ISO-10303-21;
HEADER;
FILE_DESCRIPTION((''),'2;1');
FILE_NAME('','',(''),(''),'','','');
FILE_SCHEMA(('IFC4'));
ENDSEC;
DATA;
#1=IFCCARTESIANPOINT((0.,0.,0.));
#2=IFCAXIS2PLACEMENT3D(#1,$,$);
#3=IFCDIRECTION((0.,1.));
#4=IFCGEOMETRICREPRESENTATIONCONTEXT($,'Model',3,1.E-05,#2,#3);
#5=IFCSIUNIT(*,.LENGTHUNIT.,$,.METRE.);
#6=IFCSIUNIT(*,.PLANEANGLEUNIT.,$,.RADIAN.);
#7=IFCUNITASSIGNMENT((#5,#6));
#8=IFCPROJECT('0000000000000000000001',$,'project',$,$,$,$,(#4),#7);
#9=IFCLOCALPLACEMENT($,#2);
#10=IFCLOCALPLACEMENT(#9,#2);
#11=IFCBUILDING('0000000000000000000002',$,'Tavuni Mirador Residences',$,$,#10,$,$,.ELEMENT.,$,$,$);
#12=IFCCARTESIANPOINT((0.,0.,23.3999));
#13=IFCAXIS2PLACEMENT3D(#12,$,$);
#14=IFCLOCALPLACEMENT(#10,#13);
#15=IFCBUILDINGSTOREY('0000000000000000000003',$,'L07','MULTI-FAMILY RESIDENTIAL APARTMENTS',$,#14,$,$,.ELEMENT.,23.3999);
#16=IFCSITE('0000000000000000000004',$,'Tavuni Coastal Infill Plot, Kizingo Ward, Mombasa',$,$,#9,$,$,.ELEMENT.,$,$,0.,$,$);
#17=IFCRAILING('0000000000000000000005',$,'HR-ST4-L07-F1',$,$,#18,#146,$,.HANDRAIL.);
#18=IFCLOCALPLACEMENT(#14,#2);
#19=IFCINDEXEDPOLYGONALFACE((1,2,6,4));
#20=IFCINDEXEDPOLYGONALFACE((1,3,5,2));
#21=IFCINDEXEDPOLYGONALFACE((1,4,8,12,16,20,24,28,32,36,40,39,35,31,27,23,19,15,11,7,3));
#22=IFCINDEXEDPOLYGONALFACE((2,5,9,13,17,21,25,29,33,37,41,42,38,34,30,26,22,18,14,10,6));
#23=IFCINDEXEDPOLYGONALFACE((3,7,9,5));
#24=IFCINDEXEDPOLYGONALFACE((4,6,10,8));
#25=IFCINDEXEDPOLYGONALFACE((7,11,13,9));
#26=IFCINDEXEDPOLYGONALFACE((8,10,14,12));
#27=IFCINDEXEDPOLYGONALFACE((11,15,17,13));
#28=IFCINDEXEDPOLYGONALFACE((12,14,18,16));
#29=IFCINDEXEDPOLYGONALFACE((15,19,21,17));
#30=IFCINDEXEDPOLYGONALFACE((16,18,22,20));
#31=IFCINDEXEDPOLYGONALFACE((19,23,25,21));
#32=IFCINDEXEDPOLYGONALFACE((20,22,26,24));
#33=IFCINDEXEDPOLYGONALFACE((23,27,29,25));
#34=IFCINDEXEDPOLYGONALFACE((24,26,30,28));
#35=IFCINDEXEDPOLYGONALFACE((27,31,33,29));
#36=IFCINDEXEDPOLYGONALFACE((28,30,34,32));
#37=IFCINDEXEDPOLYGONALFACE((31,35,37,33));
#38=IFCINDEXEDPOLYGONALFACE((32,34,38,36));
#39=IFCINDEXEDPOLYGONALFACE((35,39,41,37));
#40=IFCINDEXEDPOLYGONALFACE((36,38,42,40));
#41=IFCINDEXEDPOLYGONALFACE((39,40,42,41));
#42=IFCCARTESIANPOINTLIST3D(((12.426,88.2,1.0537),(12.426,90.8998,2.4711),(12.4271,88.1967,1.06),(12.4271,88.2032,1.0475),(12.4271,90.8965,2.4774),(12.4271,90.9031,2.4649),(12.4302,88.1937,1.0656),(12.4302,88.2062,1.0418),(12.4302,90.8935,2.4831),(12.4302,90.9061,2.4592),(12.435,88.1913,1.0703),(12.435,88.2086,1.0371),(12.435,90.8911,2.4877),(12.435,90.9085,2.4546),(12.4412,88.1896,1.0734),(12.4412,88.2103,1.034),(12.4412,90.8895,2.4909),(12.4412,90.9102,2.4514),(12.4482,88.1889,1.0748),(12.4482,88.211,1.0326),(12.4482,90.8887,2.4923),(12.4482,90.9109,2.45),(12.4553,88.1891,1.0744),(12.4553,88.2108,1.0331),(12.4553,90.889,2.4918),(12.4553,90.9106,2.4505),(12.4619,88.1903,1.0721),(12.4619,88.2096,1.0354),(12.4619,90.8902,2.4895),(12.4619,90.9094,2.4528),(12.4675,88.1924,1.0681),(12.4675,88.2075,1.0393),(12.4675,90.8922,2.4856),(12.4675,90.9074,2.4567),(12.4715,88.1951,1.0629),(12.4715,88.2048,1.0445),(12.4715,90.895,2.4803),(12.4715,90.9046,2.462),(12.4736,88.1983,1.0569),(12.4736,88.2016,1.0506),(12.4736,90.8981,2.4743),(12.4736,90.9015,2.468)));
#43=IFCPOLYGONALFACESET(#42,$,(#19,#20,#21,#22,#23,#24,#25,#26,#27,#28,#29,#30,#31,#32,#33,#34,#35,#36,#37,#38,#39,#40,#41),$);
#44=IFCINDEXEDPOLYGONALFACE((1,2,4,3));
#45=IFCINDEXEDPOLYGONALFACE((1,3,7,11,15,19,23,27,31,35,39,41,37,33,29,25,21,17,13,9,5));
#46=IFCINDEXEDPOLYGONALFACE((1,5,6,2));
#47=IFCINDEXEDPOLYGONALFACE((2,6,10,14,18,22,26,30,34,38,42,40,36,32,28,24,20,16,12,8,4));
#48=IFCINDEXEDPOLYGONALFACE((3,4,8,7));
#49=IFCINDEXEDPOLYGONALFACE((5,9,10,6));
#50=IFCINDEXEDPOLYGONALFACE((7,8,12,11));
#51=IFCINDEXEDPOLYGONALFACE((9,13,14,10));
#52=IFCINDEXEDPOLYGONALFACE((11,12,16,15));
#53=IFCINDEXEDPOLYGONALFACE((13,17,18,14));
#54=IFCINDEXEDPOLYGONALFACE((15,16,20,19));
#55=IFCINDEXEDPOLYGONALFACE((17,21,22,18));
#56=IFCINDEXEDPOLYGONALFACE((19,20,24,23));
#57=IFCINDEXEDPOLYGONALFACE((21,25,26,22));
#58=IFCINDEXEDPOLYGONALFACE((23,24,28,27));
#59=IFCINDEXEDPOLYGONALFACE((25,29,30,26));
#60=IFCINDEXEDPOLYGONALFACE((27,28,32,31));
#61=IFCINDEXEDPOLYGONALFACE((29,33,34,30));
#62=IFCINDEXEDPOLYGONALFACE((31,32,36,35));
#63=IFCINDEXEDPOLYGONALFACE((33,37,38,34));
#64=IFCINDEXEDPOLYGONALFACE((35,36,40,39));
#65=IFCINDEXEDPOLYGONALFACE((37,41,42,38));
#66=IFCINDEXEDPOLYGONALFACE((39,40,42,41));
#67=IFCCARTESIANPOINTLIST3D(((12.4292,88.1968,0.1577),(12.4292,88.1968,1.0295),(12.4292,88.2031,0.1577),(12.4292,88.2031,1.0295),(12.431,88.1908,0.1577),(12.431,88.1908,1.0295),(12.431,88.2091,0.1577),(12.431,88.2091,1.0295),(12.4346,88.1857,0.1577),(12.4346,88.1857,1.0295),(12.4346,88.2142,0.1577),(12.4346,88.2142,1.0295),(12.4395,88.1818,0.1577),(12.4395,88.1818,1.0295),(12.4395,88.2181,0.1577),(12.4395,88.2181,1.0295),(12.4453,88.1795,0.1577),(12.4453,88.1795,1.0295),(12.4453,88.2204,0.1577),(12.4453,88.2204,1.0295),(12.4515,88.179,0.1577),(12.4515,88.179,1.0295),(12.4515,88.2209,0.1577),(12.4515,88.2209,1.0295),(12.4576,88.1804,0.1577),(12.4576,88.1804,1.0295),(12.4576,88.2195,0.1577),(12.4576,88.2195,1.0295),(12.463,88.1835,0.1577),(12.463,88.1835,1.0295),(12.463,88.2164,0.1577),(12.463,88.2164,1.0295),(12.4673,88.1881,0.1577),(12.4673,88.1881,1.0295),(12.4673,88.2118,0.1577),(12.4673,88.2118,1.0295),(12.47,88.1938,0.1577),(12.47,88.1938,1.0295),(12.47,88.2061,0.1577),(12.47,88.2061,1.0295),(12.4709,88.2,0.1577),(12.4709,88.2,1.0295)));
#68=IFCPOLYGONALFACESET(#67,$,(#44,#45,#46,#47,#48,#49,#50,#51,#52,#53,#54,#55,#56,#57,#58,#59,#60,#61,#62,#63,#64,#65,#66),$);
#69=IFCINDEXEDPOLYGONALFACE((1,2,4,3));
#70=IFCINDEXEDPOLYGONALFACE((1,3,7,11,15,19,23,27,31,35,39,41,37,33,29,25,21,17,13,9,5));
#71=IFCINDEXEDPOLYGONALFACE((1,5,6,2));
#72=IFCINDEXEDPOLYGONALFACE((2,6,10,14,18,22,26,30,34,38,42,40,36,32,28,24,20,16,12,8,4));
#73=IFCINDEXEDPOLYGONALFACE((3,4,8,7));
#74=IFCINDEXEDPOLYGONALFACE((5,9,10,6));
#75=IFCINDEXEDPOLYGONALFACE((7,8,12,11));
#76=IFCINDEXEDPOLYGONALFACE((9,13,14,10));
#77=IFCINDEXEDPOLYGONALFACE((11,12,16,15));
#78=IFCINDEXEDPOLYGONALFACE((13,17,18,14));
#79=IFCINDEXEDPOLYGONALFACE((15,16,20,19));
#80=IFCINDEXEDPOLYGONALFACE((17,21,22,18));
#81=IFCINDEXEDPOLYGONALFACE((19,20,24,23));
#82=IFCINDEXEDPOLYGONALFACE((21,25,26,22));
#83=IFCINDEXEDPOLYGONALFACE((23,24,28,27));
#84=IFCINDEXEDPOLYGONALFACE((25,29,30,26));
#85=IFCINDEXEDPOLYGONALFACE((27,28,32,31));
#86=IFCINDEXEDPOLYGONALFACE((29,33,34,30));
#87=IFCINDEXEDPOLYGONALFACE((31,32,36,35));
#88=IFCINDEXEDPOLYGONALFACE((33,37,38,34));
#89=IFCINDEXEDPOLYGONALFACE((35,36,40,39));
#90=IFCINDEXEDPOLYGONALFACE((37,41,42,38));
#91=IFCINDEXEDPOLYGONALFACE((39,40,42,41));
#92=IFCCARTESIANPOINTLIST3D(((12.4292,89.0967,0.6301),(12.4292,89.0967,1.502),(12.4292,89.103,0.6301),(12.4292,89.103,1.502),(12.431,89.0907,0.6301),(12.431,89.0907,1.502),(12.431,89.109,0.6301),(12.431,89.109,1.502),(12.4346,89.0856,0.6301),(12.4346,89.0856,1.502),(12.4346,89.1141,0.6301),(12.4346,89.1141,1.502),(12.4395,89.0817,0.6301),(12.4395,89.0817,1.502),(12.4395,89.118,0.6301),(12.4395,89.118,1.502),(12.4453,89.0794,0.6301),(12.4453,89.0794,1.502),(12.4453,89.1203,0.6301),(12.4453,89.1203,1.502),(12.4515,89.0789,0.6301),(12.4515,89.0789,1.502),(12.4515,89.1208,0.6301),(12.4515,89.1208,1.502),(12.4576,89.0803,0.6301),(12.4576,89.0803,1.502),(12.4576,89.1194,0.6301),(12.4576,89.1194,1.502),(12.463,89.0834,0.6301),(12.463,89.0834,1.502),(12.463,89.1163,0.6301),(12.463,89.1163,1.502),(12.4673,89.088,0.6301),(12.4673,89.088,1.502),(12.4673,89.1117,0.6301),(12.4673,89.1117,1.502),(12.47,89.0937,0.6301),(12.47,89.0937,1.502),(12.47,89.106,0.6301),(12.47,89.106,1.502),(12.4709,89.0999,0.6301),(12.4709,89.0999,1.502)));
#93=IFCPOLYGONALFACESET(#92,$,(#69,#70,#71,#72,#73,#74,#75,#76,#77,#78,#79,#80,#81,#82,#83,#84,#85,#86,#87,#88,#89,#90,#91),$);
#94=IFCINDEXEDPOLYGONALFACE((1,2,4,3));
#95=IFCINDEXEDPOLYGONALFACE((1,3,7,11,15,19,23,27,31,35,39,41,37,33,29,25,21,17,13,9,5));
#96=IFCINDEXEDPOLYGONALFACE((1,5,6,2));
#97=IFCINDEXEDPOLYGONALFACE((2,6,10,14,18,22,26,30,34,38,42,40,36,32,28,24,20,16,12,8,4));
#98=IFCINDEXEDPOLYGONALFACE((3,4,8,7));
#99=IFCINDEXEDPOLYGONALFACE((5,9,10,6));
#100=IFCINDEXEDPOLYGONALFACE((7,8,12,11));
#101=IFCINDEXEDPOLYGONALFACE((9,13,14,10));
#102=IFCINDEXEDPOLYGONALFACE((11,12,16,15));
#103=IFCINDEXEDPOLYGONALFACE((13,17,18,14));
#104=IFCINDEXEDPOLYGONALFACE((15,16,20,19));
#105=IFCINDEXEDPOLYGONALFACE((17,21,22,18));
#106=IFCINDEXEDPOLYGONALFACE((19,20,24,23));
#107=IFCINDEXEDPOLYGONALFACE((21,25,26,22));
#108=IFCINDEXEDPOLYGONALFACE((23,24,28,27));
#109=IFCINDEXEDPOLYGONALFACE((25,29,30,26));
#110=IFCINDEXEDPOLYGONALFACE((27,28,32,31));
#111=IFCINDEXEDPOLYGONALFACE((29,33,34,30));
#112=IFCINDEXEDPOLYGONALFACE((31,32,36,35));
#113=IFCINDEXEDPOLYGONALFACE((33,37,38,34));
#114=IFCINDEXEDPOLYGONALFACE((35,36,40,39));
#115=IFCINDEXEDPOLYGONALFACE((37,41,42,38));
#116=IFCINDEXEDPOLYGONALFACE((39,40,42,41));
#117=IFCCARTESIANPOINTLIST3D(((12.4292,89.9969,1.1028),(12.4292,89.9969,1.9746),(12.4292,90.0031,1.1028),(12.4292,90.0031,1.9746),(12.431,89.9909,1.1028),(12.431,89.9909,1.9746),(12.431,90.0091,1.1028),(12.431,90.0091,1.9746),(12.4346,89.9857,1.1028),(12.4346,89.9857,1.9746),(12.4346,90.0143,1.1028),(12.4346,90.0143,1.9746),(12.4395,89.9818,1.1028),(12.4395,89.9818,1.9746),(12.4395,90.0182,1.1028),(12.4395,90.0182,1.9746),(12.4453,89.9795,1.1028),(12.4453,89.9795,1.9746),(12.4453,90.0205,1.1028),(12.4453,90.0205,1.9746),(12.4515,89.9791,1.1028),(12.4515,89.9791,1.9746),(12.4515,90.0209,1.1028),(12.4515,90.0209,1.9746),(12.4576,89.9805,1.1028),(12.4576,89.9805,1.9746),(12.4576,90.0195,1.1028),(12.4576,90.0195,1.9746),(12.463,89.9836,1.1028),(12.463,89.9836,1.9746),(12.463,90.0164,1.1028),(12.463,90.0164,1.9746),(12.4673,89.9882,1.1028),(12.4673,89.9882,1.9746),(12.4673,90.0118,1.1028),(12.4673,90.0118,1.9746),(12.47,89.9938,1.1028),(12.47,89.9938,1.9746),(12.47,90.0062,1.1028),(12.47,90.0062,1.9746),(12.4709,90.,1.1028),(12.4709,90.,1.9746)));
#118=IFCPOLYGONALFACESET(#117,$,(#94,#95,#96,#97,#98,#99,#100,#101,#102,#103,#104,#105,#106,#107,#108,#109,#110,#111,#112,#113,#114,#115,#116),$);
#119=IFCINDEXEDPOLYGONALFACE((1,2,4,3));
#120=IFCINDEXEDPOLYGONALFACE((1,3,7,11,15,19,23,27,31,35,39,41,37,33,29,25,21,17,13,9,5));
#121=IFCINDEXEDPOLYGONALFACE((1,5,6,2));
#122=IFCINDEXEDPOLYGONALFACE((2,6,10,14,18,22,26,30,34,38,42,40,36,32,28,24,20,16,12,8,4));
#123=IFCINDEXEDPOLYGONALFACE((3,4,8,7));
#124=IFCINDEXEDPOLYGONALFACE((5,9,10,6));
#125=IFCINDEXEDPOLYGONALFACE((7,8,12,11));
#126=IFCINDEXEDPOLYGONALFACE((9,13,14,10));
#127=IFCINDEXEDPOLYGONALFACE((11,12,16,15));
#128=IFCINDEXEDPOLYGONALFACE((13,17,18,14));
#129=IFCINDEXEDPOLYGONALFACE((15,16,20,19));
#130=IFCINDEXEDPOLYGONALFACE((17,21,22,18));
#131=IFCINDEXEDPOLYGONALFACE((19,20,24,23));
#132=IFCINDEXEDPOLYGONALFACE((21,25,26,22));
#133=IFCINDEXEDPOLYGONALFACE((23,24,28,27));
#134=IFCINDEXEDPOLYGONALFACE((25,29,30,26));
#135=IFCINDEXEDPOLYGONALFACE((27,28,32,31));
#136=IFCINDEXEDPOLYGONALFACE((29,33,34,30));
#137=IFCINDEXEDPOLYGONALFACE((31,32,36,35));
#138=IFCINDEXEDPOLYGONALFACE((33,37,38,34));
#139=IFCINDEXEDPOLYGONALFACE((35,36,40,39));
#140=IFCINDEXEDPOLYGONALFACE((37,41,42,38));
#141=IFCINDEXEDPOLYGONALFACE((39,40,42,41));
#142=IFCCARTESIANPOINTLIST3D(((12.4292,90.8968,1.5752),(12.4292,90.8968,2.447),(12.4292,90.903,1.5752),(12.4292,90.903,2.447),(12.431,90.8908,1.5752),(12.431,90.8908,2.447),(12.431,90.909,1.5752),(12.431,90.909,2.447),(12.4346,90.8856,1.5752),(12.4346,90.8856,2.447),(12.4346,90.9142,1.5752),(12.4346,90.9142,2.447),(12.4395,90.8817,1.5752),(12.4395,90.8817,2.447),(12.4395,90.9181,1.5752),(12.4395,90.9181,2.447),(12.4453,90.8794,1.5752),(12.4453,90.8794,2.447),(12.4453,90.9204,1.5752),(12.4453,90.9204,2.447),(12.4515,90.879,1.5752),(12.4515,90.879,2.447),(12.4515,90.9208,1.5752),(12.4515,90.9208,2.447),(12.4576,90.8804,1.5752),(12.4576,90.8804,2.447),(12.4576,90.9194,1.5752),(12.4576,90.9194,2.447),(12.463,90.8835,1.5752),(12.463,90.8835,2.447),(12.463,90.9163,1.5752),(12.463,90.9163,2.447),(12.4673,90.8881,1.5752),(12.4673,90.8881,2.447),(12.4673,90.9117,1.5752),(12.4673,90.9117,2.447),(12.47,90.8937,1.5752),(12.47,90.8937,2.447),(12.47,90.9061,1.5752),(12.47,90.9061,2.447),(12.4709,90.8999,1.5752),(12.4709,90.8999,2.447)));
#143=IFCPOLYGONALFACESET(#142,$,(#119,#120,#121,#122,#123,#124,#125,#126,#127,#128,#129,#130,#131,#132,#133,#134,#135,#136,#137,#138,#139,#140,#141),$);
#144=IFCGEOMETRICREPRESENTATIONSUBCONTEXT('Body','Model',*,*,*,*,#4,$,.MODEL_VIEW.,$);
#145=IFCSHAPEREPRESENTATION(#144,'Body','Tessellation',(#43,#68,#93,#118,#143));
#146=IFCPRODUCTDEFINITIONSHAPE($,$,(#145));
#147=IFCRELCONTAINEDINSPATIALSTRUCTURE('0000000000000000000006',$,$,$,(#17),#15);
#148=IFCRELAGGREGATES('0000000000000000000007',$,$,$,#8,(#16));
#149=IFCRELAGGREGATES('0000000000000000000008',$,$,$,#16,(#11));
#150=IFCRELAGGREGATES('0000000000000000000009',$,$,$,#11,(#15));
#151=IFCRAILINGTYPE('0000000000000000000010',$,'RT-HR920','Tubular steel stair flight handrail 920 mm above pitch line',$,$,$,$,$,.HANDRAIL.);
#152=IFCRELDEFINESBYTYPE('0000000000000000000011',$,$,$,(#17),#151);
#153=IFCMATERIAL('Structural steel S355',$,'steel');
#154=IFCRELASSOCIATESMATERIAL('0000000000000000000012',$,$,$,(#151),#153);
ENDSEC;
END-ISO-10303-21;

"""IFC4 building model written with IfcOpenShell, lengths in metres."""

from ifc_helpers import new_model, si_unit, direction, frame, origin, origin_2d, place, context, subcontext, project, spatial, circle, extrude, material, type_object, element, save


model = new_model("IFC4")

# Units and contexts
model_context = context("Model", 3, precision=1e-05, world=origin(), true_north=direction((0.0, 1.0)))
body_context = subcontext(model_context, "Body", "Model", "MODEL_VIEW")
ifc_project = project(units=[si_unit("LENGTHUNIT", "METRE"), si_unit("PLANEANGLEUNIT", "RADIAN")], contexts=[model_context])

# Site, building, storey
site_placement = place(None, origin())
site = spatial("IfcSite", under=ifc_project, at=site_placement, Name="Tavuni Coastal Infill Plot, Kizingo Ward, Mombasa", CompositionType="ELEMENT", RefElevation=0.0)
building_placement = place(site_placement, origin())
building = spatial("IfcBuilding", under=site, at=building_placement, Name="Tavuni Mirador Residences", CompositionType="ELEMENT")
storey_placement = place(building_placement, frame((0.0, 0.0, 23.3999)))
storey = spatial("IfcBuildingStorey", under=building, at=storey_placement, Name="L07", Description="MULTI-FAMILY RESIDENTIAL APARTMENTS", CompositionType="ELEMENT", Elevation=23.3999)

# Shared definitions
ifc_material_1 = material(Name="Structural steel S355", Category="steel")

# Railing
railing_type_1 = type_object("IfcRailingType", Name="RT-HR920", Description="Tubular steel stair flight handrail 920 mm above pitch line", PredefinedType="HANDRAIL", material=ifc_material_1)
railing_1_placement = place(storey_placement, frame((12.45, 88.2, 0.1577)))
element("IfcRailing", 1, at=railing_1_placement, inside=storey, type_object=railing_type_1, Name="HR-ST4-L07-F1", PredefinedType="HANDRAIL", context=body_context, shape_type="SweptSolid", body=[
    extrude(circle(Radius=0.0239, at=origin_2d()), frame((0.0, 0.0, 0.896), z_axis=(0.0, 0.885397, 0.464835), x_axis=(-1.0, 0.0, 0.0)), (0.0, 0.0, 1.0), 3.0493),
    extrude(circle(Radius=0.021, at=origin_2d()), origin(), (0.0, 0.0, 1.0), 0.8718),
    extrude(circle(Radius=0.021, at=origin_2d()), frame((0.0, 0.8999, 0.4724)), (0.0, 0.0, 1.0), 0.8718),
    extrude(circle(Radius=0.021, at=origin_2d()), frame((0.0, 1.8, 0.9451)), (0.0, 0.0, 1.0), 0.8718),
    extrude(circle(Radius=0.021, at=origin_2d()), frame((0.0, 2.7, 1.4175)), (0.0, 0.0, 1.0), 0.8718),
])

save(model, "model.ifc")
